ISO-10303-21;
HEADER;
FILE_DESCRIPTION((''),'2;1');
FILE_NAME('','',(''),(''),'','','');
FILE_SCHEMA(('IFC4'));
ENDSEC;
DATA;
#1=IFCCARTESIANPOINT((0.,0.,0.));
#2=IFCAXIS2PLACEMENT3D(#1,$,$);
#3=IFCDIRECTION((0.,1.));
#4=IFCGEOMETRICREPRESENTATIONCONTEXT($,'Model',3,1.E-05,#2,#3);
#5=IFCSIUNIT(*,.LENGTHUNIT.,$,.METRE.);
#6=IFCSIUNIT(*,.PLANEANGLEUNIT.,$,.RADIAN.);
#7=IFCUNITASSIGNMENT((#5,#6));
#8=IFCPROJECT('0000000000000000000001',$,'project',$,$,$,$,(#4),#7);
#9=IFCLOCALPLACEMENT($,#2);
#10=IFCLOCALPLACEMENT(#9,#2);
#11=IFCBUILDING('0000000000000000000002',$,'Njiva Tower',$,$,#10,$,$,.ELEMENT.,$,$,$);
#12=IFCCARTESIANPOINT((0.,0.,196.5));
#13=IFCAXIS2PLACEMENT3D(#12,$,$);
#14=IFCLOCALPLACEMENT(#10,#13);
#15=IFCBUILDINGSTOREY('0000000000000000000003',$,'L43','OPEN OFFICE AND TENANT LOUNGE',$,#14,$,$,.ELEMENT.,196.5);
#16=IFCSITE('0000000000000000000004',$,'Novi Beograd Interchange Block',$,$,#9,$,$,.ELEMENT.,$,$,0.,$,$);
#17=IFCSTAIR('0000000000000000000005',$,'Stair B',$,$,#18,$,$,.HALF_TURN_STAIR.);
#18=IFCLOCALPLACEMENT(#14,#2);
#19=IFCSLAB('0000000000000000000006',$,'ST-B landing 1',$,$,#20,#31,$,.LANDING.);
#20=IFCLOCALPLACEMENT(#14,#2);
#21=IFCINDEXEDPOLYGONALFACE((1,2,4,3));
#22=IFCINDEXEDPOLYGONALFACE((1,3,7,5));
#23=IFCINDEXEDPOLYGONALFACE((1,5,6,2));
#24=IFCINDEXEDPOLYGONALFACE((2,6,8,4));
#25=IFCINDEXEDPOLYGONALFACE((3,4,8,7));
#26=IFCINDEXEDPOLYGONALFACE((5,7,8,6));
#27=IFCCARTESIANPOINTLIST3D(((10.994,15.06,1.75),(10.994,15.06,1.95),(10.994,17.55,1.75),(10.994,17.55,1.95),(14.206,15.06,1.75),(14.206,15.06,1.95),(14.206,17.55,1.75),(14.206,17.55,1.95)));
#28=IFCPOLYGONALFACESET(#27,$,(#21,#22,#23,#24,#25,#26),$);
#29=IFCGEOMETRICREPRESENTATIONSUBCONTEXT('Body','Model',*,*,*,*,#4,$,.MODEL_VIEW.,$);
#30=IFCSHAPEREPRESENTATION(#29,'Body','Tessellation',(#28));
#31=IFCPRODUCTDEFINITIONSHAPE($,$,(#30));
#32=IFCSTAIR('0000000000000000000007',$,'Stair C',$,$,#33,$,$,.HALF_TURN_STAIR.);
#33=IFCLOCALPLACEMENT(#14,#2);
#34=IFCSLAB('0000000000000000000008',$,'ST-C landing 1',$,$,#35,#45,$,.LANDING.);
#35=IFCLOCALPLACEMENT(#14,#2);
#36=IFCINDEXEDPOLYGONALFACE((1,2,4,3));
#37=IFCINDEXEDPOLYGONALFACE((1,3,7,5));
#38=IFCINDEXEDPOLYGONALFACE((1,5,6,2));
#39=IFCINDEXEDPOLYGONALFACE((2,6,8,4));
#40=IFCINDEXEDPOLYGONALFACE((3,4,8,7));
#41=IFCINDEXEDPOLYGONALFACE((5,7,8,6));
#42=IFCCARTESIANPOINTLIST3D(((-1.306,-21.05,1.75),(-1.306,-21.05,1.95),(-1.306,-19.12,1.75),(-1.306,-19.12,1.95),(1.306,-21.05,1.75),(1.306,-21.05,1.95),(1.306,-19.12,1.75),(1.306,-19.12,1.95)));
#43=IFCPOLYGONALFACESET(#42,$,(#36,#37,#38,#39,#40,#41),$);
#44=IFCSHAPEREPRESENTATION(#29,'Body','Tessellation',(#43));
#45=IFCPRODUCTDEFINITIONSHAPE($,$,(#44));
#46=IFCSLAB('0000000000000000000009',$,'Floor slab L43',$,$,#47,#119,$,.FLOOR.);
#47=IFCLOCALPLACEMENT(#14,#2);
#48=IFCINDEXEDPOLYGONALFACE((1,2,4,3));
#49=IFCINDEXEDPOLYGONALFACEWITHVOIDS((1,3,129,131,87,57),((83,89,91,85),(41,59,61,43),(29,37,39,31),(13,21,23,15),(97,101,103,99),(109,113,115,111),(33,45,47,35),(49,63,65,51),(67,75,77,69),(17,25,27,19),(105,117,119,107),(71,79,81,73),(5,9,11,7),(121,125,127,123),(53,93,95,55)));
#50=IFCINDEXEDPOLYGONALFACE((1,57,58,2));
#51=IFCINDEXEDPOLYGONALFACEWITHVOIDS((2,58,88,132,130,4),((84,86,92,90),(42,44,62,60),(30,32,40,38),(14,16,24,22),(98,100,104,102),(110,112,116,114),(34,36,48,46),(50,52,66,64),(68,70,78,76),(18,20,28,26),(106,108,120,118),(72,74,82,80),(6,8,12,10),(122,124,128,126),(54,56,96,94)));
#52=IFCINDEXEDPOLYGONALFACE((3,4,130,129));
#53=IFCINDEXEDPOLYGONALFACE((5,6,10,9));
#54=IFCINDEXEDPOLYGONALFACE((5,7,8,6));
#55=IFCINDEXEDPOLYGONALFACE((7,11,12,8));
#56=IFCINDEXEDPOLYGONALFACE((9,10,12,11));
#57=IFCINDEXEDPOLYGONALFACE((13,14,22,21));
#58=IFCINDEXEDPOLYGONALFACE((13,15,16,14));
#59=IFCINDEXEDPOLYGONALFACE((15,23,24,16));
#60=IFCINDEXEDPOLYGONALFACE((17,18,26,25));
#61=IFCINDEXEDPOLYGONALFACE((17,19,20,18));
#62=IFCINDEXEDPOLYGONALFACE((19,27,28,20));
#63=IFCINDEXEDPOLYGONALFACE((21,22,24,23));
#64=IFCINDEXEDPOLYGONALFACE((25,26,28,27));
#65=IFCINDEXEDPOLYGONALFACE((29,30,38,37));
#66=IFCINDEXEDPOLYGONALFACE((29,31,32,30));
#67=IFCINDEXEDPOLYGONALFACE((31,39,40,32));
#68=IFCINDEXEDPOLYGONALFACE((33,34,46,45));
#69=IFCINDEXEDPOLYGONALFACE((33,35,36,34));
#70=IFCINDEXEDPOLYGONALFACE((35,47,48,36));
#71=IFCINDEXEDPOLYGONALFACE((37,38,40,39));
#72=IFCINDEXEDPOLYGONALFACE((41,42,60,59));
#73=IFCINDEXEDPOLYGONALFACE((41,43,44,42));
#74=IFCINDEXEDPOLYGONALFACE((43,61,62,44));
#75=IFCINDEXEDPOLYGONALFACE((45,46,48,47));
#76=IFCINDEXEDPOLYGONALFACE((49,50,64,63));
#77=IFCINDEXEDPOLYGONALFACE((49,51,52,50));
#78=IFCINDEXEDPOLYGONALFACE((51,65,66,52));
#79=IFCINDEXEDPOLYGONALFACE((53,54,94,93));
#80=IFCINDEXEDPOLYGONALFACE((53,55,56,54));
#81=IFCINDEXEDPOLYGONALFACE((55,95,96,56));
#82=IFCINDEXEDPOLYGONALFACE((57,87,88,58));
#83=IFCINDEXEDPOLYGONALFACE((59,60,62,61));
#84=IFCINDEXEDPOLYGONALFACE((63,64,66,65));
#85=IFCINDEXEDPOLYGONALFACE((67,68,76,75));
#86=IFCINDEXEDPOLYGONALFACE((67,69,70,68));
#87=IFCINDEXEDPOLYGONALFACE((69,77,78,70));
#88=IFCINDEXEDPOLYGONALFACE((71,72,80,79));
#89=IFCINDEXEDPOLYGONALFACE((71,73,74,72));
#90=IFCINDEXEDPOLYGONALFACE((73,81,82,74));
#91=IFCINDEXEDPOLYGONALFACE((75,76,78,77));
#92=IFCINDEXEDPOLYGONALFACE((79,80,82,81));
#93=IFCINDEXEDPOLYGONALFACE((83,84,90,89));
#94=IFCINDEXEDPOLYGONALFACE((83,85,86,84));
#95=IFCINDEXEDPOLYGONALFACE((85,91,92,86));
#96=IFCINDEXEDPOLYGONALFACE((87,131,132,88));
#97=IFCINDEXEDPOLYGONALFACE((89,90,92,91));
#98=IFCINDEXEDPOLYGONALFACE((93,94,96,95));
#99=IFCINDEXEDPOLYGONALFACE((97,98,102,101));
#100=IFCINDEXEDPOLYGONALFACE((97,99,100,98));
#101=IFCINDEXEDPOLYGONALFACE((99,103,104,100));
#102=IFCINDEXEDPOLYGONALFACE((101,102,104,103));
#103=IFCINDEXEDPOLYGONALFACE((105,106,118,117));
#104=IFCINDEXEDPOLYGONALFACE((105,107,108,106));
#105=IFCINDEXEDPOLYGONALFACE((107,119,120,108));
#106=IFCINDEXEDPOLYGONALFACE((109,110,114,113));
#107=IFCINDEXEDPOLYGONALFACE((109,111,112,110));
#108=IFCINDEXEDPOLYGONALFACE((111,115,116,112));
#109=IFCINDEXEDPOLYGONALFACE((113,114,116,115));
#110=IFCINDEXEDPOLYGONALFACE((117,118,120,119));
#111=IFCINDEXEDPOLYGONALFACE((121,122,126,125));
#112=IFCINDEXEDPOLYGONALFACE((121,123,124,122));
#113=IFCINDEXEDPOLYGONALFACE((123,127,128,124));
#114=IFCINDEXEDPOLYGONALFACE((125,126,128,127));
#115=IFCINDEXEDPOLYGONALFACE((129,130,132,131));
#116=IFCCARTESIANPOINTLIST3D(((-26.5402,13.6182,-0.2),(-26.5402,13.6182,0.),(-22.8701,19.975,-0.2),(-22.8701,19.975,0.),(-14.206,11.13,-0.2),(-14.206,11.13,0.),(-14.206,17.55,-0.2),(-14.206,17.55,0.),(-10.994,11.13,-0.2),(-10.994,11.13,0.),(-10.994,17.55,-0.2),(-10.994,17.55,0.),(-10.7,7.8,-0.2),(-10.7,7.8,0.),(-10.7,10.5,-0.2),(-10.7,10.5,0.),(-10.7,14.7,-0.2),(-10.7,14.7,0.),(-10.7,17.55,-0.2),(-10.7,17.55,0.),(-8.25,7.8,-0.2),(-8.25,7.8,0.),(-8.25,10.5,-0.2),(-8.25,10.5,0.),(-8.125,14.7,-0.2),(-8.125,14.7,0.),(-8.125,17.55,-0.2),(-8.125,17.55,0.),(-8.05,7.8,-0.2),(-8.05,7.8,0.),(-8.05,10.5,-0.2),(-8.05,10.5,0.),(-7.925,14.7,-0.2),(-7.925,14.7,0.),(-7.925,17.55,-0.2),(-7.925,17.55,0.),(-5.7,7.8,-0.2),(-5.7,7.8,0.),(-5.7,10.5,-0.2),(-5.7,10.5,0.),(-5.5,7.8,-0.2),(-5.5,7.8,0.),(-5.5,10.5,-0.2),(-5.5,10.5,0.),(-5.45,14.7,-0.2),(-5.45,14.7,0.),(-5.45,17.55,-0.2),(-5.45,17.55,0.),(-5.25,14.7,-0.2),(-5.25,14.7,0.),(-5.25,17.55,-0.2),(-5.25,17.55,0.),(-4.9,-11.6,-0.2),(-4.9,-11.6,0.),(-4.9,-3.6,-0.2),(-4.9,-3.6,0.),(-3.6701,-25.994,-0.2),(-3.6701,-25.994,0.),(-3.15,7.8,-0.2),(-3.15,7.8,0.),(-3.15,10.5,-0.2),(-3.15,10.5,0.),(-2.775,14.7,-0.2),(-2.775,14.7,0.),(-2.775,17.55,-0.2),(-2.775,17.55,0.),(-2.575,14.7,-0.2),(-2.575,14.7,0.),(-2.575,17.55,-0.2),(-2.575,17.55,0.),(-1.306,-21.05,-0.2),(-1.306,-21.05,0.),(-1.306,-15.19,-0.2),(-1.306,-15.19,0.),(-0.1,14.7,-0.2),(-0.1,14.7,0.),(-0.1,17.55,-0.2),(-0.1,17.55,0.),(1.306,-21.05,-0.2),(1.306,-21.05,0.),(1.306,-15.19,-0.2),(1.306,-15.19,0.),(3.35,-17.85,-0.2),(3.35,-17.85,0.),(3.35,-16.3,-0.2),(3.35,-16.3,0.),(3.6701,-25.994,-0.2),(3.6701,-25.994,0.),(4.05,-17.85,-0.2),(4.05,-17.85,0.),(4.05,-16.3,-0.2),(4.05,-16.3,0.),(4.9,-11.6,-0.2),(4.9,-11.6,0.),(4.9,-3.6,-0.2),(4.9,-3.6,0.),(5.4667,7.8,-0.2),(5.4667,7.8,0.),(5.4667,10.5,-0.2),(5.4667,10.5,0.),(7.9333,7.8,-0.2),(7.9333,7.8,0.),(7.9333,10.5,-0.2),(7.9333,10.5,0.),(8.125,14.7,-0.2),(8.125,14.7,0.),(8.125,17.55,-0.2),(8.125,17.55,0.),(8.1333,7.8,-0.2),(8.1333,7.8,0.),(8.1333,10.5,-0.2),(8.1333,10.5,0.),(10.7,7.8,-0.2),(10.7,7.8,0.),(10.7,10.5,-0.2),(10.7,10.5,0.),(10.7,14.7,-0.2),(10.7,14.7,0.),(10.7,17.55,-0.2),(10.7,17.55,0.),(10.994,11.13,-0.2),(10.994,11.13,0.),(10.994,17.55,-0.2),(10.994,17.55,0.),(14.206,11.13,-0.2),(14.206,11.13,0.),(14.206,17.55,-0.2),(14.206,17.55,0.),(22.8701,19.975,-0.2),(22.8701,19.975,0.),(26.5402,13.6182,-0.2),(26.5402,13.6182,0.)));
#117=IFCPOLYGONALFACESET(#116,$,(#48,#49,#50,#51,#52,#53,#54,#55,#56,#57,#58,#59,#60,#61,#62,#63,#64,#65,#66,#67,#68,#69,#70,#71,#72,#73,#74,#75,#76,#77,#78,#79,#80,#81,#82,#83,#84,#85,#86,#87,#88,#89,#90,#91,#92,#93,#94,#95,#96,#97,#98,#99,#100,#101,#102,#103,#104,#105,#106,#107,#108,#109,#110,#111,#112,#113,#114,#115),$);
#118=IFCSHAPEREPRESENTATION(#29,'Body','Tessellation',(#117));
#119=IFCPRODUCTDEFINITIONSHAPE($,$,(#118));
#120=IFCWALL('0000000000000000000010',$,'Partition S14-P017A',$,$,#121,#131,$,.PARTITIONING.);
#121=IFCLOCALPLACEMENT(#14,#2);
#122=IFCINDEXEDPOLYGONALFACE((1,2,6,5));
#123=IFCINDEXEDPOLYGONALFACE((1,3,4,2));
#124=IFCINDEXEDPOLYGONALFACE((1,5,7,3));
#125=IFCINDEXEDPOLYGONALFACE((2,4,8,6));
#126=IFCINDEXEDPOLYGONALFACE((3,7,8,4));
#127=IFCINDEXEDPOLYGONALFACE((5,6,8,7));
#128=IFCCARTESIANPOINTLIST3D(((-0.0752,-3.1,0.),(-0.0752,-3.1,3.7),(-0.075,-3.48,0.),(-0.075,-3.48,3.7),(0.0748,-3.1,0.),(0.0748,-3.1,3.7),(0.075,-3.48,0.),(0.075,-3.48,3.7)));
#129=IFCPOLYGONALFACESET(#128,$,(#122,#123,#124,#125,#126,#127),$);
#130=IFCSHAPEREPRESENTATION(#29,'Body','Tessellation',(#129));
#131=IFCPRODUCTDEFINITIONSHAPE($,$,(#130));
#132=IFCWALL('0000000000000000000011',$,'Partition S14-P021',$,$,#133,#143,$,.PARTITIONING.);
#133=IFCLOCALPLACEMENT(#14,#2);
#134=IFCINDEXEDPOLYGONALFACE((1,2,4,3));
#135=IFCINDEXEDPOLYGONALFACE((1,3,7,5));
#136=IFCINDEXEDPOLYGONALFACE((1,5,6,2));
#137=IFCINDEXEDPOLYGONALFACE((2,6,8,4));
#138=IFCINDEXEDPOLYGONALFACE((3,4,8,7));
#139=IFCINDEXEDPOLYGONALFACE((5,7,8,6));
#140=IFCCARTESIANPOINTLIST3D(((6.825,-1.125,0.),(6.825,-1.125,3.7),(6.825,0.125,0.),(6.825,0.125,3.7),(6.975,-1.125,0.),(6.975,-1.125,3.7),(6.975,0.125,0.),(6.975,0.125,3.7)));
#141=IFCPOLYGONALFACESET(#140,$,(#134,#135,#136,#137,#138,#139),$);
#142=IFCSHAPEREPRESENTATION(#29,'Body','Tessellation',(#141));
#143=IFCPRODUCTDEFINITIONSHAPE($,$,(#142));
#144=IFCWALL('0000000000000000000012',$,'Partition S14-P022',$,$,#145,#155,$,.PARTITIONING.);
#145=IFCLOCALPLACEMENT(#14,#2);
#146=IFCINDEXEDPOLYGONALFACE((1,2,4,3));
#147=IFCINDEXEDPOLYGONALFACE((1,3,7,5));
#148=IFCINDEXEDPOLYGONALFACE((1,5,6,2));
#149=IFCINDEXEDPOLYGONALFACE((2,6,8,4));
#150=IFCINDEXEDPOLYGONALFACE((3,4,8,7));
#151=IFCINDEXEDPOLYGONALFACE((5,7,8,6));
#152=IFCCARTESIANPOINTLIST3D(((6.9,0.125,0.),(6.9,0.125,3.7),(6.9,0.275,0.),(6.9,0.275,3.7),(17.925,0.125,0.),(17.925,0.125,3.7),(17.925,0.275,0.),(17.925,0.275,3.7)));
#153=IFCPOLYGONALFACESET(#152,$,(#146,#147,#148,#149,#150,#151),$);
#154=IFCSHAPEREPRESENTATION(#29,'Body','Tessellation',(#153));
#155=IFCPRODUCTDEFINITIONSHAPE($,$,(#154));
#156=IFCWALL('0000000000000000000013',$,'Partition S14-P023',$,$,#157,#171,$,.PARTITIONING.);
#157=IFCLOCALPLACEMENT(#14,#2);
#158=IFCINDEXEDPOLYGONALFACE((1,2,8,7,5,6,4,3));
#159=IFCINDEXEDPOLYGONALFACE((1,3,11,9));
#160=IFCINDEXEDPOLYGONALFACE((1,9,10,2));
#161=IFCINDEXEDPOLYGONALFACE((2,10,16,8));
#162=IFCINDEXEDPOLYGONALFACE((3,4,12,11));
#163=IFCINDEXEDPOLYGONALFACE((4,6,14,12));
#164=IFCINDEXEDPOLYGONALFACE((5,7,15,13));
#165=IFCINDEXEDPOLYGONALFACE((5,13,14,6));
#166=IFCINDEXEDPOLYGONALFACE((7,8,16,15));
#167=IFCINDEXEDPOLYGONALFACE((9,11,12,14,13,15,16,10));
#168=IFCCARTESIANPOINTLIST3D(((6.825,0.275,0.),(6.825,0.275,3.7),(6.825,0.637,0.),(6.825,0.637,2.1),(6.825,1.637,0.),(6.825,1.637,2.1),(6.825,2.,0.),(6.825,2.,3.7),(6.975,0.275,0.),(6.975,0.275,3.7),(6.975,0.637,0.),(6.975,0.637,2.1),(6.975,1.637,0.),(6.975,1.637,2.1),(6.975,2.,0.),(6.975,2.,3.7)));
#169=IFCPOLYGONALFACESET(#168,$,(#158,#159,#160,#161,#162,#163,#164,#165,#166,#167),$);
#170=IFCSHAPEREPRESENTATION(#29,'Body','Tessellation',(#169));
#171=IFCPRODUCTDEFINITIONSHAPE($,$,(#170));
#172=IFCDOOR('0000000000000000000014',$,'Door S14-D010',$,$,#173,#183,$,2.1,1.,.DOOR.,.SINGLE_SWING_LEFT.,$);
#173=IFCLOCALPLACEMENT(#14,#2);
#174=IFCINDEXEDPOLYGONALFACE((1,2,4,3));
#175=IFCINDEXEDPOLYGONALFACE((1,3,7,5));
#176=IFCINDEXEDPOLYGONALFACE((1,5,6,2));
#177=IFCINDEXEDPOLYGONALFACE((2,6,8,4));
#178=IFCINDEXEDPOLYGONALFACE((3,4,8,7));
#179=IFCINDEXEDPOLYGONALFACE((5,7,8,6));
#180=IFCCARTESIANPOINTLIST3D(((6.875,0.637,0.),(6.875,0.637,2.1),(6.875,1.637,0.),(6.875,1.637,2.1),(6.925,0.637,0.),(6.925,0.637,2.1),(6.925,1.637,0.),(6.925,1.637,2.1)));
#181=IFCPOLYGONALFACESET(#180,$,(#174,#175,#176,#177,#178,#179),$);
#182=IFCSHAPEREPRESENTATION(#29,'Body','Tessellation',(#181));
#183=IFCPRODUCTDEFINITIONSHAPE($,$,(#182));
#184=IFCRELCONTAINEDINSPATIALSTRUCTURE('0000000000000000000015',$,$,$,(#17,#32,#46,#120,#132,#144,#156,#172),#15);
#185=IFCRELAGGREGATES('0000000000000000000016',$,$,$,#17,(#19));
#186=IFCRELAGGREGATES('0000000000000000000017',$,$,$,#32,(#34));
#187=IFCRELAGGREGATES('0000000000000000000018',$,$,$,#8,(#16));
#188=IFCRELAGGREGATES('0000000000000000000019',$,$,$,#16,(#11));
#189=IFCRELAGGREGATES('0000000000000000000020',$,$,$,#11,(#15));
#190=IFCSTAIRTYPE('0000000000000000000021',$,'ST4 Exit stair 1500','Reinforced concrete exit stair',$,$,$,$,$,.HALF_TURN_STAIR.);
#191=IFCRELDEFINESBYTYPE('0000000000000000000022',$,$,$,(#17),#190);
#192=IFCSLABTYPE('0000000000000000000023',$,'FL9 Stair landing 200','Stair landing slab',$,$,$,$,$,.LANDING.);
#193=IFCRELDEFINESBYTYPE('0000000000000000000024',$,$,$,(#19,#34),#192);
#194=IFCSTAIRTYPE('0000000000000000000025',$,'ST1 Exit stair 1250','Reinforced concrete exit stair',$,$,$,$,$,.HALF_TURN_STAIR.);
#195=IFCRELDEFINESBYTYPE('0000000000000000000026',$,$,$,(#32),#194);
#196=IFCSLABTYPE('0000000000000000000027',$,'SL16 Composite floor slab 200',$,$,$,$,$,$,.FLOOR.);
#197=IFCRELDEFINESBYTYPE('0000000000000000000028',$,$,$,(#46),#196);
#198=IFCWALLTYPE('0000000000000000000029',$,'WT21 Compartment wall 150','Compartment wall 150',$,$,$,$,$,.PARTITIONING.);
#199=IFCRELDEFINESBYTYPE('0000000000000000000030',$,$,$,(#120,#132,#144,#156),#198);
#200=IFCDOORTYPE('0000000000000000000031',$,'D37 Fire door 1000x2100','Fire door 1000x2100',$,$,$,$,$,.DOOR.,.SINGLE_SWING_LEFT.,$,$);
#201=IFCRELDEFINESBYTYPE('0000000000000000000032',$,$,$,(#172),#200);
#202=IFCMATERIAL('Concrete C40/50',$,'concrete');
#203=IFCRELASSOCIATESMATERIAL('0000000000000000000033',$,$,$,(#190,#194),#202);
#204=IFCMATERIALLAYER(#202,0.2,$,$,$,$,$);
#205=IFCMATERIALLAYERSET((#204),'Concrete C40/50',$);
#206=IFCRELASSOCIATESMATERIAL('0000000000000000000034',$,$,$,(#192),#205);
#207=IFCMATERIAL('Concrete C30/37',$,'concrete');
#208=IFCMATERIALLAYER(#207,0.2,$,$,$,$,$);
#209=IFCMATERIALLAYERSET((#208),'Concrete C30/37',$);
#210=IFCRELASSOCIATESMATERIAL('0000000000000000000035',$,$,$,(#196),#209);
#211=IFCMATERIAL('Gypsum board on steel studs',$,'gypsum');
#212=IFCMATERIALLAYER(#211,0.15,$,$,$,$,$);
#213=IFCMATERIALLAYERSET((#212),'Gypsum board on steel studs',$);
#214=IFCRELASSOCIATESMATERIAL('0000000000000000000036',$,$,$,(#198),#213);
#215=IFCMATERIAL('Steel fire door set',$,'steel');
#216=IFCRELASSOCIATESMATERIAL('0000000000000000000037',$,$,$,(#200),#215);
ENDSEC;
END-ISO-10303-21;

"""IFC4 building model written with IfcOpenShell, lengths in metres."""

from ifc_helpers import new_model, si_unit, direction, frame, frame_2d, origin, place, context, subcontext, project, spatial, polyline, rectangle, outline, extrude, material, layer, layer_set, type_object, element, fill, aggregate, save


model = new_model("IFC4")

# Units and contexts
model_context = context("Model", 3, precision=1e-05, world=origin(), true_north=direction((0.0, 1.0)))
body_context = subcontext(model_context, "Body", "Model", "MODEL_VIEW")
ifc_project = project(units=[si_unit("LENGTHUNIT", "METRE"), si_unit("PLANEANGLEUNIT", "RADIAN")], contexts=[model_context])

# Site, building, storey
site_placement = place(None, origin())
site = spatial("IfcSite", under=ifc_project, at=site_placement, Name="Novi Beograd Interchange Block", CompositionType="ELEMENT", RefElevation=0.0)
building_placement = place(site_placement, origin())
building = spatial("IfcBuilding", under=site, at=building_placement, Name="Njiva Tower", CompositionType="ELEMENT")
storey_placement = place(building_placement, frame((0.0, 0.0, 196.5)))
storey = spatial("IfcBuildingStorey", under=building, at=storey_placement, Name="L43", Description="OPEN OFFICE AND TENANT LOUNGE", CompositionType="ELEMENT", Elevation=196.5)

# Stairs, slabs
ifc_material_1 = material(Name="Concrete C40/50", Category="concrete")
stair_type_1 = type_object("IfcStairType", Name="ST4 Exit stair 1500", Description="Reinforced concrete exit stair", PredefinedType="HALF_TURN_STAIR", material=ifc_material_1)
ifc_layer_1 = layer(ifc_material_1, 0.2)
ifc_layer_set_1 = layer_set([ifc_layer_1], Name="Concrete C40/50")
slab_type_1 = type_object("IfcSlabType", Name="FL9 Stair landing 200", Description="Stair landing slab", PredefinedType="LANDING", material=ifc_layer_set_1)
stair_1_placement = place(storey_placement, origin())
stair_1 = element("IfcStair", 1, at=stair_1_placement, inside=storey, type_object=stair_type_1, Name="Stair B", PredefinedType="HALF_TURN_STAIR")
slab_1_placement = place(storey_placement, frame((0.0, 0.0, 1.75)))
slab_1 = element("IfcSlab", 2, at=slab_1_placement, type_object=slab_type_1, Name="ST-B landing 1", PredefinedType="LANDING", context=body_context, shape_type="SweptSolid", body=[
    extrude(outline(polyline([(10.994, 15.06), (14.206, 15.06), (14.206, 17.55), (10.994, 17.55), (10.994, 15.06)])), origin(), (0.0, 0.0, 1.0), 0.2),
])
aggregate(stair_1, [slab_1])
stair_type_2 = type_object("IfcStairType", Name="ST1 Exit stair 1250", Description="Reinforced concrete exit stair", PredefinedType="HALF_TURN_STAIR", material=ifc_material_1)
stair_2_placement = place(storey_placement, origin())
stair_2 = element("IfcStair", 3, at=stair_2_placement, inside=storey, type_object=stair_type_2, Name="Stair C", PredefinedType="HALF_TURN_STAIR")
slab_2_placement = place(storey_placement, frame((0.0, 0.0, 1.75)))
slab_2 = element("IfcSlab", 4, at=slab_2_placement, type_object=slab_type_1, Name="ST-C landing 1", PredefinedType="LANDING", context=body_context, shape_type="SweptSolid", body=[
    extrude(outline(polyline([(-1.306, -21.05), (1.306, -21.05), (1.306, -19.12), (-1.306, -19.12), (-1.306, -21.05)])), origin(), (0.0, 0.0, 1.0), 0.2),
])
aggregate(stair_2, [slab_2])

# Slab
ifc_material_2 = material(Name="Concrete C30/37", Category="concrete")
ifc_layer_2 = layer(ifc_material_2, 0.2)
ifc_layer_set_2 = layer_set([ifc_layer_2], Name="Concrete C30/37")
slab_type_2 = type_object("IfcSlabType", Name="SL16 Composite floor slab 200", PredefinedType="FLOOR", material=ifc_layer_set_2)
slab_3_placement = place(storey_placement, frame((0.0, 0.0, -0.2)))
element("IfcSlab", 5, at=slab_3_placement, inside=storey, type_object=slab_type_2, Name="Floor slab L43", PredefinedType="FLOOR", context=body_context, shape_type="SweptSolid", body=[
    extrude(outline(polyline([(26.5402, 13.6182), (3.6701, -25.994), (-3.6701, -25.994), (-26.5402, 13.6182), (-22.8701, 19.975), (22.8701, 19.975), (26.5402, 13.6182)]), holes=[polyline([(10.994, 11.13), (14.206, 11.13), (14.206, 17.55), (10.994, 17.55), (10.994, 11.13)]), polyline([(8.125, 14.7), (10.7, 14.7), (10.7, 17.55), (8.125, 17.55), (8.125, 14.7)]), polyline([(8.1333, 7.8), (10.7, 7.8), (10.7, 10.5), (8.1333, 10.5), (8.1333, 7.8)]), polyline([(5.4667, 7.8), (7.9333, 7.8), (7.9333, 10.5), (5.4667, 10.5), (5.4667, 7.8)]), polyline([(4.9, -11.6), (4.9, -3.6), (-4.9, -3.6), (-4.9, -11.6), (4.9, -11.6)]), polyline([(3.35, -17.85), (4.05, -17.85), (4.05, -16.3), (3.35, -16.3), (3.35, -17.85)]), polyline([(-1.306, -21.05), (1.306, -21.05), (1.306, -15.19), (-1.306, -15.19), (-1.306, -21.05)]), polyline([(-2.575, 14.7), (-0.1, 14.7), (-0.1, 17.55), (-2.575, 17.55), (-2.575, 14.7)]), polyline([(-5.25, 14.7), (-2.775, 14.7), (-2.775, 17.55), (-5.25, 17.55), (-5.25, 14.7)]), polyline([(-5.5, 7.8), (-3.15, 7.8), (-3.15, 10.5), (-5.5, 10.5), (-5.5, 7.8)]), polyline([(-7.925, 14.7), (-5.45, 14.7), (-5.45, 17.55), (-7.925, 17.55), (-7.925, 14.7)]), polyline([(-8.05, 7.8), (-5.7, 7.8), (-5.7, 10.5), (-8.05, 10.5), (-8.05, 7.8)]), polyline([(-10.7, 14.7), (-8.125, 14.7), (-8.125, 17.55), (-10.7, 17.55), (-10.7, 14.7)]), polyline([(-8.25, 7.8), (-8.25, 10.5), (-10.7, 10.5), (-10.7, 7.8), (-8.25, 7.8)]), polyline([(-14.206, 11.13), (-10.994, 11.13), (-10.994, 17.55), (-14.206, 17.55), (-14.206, 11.13)])]), origin(), (0.0, 0.0, 1.0), 0.2),
])

# Walls
ifc_material_3 = material(Name="Gypsum board on steel studs", Category="gypsum")
ifc_layer_3 = layer(ifc_material_3, 0.15)
ifc_layer_set_3 = layer_set([ifc_layer_3], Name="Gypsum board on steel studs")
wall_type_1 = type_object("IfcWallType", Name="WT21 Compartment wall 150", Description="Compartment wall 150", PredefinedType="PARTITIONING", material=ifc_layer_set_3)
wall_1_placement = place(storey_placement, frame((-0.0002, -3.1, 0.0), z_axis=(0.0, 0.0, 1.0), x_axis=(0.000526, -1.0, 0.0)))
element("IfcWall", 6, at=wall_1_placement, inside=storey, type_object=wall_type_1, Name="Partition S14-P017A", PredefinedType="PARTITIONING", context=body_context, shape_type="SweptSolid", body=[
    extrude(rectangle(XDim=0.38, YDim=0.15, at=frame_2d((0.19, 0.0))), origin(), (0.0, 0.0, 1.0), 3.7),
])
wall_2_placement = place(storey_placement, frame((6.9, -1.125, 0.0), z_axis=(0.0, 0.0, 1.0), x_axis=(0.0, 1.0, 0.0)))
element("IfcWall", 7, at=wall_2_placement, inside=storey, type_object=wall_type_1, Name="Partition S14-P021", PredefinedType="PARTITIONING", context=body_context, shape_type="SweptSolid", body=[
    extrude(rectangle(XDim=1.25, YDim=0.15, at=frame_2d((0.625, 0.0))), origin(), (0.0, 0.0, 1.0), 3.7),
])
wall_3_placement = place(storey_placement, frame((6.9, 0.2, 0.0), z_axis=(0.0, 0.0, 1.0), x_axis=(1.0, 0.0, 0.0)))
element("IfcWall", 8, at=wall_3_placement, inside=storey, type_object=wall_type_1, Name="Partition S14-P022", PredefinedType="PARTITIONING", context=body_context, shape_type="SweptSolid", body=[
    extrude(rectangle(XDim=11.025, YDim=0.15, at=frame_2d((5.5125, 0.0))), origin(), (0.0, 0.0, 1.0), 3.7),
])

# Wall, opening, door
wall_4_placement = place(storey_placement, frame((6.9, 0.275, 0.0), z_axis=(0.0, 0.0, 1.0), x_axis=(0.0, 1.0, 0.0)))
wall_4 = element("IfcWall", 9, at=wall_4_placement, inside=storey, type_object=wall_type_1, Name="Partition S14-P023", PredefinedType="PARTITIONING", context=body_context, shape_type="SweptSolid", body=[
    extrude(rectangle(XDim=1.725, YDim=0.15, at=frame_2d((0.8625, 0.0))), origin(), (0.0, 0.0, 1.0), 3.7),
])
opening_1_placement = place(wall_4_placement, frame((0.362, 0.0, 0.0)))
opening_1 = element("IfcOpeningElement", 10, at=opening_1_placement, cuts=wall_4, PredefinedType="OPENING", context=body_context, shape_type="SweptSolid", body=[
    extrude(rectangle(XDim=1.0, YDim=2.1, at=frame_2d((0.5, 1.05))), frame((0.0, 0.085, 0.0), z_axis=(0.0, -1.0, 0.0), x_axis=(1.0, 0.0, 0.0)), (0.0, 0.0, 1.0), 0.17),
])
ifc_material_4 = material(Name="Steel fire door set", Category="steel")
door_type = type_object("IfcDoorType", Name="D37 Fire door 1000x2100", Description="Fire door 1000x2100", OperationType="SINGLE_SWING_LEFT", PredefinedType="DOOR", material=ifc_material_4)
door_1_placement = place(opening_1_placement, origin())
door_1 = element("IfcDoor", 11, at=door_1_placement, inside=storey, type_object=door_type, Name="Door S14-D010", OperationType="SINGLE_SWING_LEFT", OverallHeight=2.1, OverallWidth=1.0, PredefinedType="DOOR", context=body_context, shape_type="SweptSolid", body=[
    extrude(rectangle(XDim=1.0, YDim=2.1, at=frame_2d((0.5, 1.05))), frame((0.0, 0.025, 0.0), z_axis=(0.0, -1.0, 0.0), x_axis=(1.0, 0.0, 0.0)), (0.0, 0.0, 1.0), 0.05),
])
fill(opening_1, door_1)

save(model, "model.ifc")
